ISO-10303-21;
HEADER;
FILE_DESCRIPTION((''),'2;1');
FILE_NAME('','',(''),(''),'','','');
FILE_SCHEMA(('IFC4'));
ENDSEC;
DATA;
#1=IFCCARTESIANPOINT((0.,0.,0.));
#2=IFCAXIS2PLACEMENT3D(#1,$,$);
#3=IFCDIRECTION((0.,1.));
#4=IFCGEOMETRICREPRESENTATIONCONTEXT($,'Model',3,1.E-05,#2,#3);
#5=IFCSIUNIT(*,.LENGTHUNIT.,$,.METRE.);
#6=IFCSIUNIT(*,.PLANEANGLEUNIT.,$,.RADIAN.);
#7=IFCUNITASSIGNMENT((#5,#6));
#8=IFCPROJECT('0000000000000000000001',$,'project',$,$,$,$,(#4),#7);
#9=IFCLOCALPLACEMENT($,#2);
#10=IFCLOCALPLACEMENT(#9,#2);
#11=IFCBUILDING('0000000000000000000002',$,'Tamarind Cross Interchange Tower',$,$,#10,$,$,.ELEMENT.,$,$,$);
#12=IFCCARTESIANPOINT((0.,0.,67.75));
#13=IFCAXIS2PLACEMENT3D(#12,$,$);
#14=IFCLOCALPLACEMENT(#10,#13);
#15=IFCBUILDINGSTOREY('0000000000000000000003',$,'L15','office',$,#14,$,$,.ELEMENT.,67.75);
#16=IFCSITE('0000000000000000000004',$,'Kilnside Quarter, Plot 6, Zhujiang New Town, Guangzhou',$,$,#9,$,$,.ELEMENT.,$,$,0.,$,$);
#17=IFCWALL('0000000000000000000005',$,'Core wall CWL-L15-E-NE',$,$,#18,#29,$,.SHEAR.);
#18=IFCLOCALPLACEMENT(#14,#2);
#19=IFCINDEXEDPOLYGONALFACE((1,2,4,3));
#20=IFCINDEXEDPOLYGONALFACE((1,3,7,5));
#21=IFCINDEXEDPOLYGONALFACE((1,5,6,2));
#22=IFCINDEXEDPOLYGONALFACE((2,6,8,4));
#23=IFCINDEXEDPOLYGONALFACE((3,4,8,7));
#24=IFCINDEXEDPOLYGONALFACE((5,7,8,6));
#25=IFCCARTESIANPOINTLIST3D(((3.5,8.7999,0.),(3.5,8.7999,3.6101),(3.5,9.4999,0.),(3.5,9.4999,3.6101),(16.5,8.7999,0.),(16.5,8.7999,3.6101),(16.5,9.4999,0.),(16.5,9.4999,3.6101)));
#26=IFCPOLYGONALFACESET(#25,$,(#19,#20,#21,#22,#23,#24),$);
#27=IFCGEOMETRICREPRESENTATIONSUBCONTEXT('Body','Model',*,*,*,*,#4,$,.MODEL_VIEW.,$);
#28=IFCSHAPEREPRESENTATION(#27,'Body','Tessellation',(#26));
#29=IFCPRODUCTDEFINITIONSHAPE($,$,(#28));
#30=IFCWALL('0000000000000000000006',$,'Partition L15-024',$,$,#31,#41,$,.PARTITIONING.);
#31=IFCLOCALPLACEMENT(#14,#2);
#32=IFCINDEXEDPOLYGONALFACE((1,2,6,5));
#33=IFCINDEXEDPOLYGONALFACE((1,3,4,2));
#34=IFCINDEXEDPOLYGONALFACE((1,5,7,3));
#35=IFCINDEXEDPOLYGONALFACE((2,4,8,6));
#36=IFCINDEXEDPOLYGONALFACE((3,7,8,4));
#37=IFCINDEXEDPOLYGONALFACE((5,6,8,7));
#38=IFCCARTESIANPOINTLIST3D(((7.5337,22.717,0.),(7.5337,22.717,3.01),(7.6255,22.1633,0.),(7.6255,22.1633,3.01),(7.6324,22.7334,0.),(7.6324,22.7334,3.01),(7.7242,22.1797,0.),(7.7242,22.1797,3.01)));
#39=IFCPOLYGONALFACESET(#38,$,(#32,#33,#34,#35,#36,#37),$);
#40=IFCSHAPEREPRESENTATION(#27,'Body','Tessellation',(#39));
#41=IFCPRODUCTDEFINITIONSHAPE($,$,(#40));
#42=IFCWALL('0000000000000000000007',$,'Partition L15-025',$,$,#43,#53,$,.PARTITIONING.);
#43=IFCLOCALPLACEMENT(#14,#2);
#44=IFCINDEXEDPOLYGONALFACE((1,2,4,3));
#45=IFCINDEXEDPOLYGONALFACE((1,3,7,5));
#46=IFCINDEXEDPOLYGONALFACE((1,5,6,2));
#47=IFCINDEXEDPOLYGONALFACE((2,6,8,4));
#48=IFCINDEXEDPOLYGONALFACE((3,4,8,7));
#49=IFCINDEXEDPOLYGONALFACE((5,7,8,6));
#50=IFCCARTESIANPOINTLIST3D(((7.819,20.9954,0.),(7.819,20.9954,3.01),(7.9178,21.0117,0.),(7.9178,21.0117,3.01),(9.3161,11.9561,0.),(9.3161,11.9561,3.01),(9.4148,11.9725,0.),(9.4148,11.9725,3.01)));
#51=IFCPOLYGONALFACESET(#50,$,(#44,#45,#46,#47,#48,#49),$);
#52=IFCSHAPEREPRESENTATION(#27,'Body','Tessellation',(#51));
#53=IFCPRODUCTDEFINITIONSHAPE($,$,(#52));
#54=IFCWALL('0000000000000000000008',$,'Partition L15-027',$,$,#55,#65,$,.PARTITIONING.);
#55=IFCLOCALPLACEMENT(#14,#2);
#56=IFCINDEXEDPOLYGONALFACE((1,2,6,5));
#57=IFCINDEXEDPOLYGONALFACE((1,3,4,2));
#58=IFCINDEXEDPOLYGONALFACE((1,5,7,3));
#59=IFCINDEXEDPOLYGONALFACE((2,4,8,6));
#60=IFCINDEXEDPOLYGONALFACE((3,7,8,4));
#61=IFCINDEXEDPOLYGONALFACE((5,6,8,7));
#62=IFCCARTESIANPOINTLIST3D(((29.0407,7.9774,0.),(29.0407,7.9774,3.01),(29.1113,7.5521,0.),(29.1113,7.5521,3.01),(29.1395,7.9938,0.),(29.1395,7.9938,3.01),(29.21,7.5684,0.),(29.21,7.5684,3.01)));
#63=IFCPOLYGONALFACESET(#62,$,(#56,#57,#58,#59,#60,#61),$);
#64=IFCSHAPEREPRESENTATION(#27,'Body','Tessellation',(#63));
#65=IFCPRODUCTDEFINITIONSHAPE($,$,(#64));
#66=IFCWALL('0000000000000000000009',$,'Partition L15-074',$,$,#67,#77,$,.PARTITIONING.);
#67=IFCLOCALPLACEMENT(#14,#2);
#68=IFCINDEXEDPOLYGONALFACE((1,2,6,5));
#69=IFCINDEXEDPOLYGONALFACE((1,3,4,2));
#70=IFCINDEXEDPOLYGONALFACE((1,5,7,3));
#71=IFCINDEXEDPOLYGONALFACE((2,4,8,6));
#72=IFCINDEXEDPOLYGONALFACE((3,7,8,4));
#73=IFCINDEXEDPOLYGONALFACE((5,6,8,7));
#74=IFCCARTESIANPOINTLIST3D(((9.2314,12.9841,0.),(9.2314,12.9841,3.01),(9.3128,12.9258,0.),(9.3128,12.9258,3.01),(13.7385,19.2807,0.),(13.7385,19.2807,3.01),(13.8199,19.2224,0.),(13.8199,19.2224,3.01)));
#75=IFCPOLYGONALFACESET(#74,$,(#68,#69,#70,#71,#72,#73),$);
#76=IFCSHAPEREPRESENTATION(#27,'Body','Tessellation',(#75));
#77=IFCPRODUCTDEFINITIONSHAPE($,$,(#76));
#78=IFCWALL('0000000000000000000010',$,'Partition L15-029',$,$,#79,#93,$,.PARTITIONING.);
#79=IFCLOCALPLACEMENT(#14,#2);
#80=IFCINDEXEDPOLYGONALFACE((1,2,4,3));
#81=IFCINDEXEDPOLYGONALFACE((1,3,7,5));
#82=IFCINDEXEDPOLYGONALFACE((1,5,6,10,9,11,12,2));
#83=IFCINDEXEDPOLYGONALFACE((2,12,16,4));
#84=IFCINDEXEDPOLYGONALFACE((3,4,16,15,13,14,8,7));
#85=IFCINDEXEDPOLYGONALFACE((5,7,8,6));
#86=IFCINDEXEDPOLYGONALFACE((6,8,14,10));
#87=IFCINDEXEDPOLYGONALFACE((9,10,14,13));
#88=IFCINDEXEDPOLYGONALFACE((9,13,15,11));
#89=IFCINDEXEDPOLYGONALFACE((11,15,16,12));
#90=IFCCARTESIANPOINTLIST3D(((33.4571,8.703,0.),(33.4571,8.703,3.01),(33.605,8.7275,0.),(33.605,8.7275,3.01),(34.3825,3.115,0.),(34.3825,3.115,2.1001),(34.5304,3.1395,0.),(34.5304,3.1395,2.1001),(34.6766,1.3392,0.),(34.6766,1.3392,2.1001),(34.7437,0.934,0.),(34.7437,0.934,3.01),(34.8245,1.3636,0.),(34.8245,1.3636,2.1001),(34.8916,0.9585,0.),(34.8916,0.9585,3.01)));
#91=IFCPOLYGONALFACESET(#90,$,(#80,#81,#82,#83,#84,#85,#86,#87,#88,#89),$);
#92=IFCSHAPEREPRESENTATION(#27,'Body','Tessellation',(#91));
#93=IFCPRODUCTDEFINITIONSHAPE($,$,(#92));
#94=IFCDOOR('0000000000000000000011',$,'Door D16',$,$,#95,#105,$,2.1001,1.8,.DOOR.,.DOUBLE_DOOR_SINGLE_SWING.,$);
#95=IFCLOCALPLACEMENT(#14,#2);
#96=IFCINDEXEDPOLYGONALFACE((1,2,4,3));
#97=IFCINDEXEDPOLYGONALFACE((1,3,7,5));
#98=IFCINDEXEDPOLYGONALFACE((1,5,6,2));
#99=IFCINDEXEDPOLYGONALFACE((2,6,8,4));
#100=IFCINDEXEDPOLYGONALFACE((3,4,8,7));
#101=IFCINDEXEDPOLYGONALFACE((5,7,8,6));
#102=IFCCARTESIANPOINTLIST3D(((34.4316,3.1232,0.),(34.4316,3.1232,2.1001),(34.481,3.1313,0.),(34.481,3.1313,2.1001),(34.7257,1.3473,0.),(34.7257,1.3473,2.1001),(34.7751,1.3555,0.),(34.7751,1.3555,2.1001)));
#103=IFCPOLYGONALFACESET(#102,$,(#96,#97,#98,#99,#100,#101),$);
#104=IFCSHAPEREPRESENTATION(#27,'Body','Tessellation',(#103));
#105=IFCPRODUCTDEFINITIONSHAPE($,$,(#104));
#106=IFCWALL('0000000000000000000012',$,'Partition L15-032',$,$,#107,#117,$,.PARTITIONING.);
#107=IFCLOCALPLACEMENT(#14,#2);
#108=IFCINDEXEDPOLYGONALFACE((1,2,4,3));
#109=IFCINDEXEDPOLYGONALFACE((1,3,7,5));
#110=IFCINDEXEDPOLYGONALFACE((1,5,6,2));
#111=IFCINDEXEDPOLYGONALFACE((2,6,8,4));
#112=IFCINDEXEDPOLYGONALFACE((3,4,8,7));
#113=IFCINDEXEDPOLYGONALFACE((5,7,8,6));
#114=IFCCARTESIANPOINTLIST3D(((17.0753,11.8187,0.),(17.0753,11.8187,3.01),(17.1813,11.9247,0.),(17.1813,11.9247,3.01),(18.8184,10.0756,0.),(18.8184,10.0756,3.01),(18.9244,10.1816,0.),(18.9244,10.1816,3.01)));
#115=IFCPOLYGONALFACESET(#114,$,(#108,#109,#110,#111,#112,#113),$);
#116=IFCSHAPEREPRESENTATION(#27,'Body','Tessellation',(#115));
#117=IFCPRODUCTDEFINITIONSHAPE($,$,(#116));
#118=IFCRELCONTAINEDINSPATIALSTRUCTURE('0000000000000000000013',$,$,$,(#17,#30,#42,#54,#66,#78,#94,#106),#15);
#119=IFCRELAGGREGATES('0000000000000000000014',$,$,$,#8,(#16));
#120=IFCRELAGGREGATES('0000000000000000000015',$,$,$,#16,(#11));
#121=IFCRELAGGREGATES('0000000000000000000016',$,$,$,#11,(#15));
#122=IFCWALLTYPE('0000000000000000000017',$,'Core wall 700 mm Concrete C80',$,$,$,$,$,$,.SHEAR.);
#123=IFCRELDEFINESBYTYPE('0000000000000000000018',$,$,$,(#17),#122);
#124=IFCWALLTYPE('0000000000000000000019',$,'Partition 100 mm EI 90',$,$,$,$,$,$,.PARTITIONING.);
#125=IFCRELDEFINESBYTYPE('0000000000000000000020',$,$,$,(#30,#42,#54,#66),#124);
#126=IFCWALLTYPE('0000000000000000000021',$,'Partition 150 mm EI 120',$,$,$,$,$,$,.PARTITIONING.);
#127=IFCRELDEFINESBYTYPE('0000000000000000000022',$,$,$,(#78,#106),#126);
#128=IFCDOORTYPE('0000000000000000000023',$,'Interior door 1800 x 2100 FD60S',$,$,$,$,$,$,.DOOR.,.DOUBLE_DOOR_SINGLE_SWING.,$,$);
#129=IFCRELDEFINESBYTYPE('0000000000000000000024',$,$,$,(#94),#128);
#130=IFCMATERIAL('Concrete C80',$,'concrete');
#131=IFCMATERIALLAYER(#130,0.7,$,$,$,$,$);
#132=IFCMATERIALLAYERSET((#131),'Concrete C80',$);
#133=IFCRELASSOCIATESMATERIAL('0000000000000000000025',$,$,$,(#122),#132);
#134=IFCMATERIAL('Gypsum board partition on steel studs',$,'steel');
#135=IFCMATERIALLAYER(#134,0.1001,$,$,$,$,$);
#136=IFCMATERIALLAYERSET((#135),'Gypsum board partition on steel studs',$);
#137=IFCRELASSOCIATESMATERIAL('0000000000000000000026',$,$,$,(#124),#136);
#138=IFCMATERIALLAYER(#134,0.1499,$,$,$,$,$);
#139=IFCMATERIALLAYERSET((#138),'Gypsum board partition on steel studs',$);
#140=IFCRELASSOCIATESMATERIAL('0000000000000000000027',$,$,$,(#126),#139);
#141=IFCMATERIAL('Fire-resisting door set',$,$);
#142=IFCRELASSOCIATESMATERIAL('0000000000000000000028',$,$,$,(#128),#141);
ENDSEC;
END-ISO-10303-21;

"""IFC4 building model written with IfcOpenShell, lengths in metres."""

from ifc_helpers import new_model, si_unit, direction, frame, frame_2d, origin, place, context, subcontext, project, spatial, rectangle, extrude, material, layer, layer_set, type_object, element, fill, save


model = new_model("IFC4")

# Units and contexts
model_context = context("Model", 3, precision=1e-05, world=origin(), true_north=direction((0.0, 1.0)))
body_context = subcontext(model_context, "Body", "Model", "MODEL_VIEW")
ifc_project = project(units=[si_unit("LENGTHUNIT", "METRE"), si_unit("PLANEANGLEUNIT", "RADIAN")], contexts=[model_context])

# Site, building, storey
site_placement = place(None, origin())
site = spatial("IfcSite", under=ifc_project, at=site_placement, Name="Kilnside Quarter, Plot 6, Zhujiang New Town, Guangzhou", CompositionType="ELEMENT", RefElevation=0.0)
building_placement = place(site_placement, origin())
building = spatial("IfcBuilding", under=site, at=building_placement, Name="Tamarind Cross Interchange Tower", CompositionType="ELEMENT")
storey_placement = place(building_placement, frame((0.0, 0.0, 67.75)))
storey = spatial("IfcBuildingStorey", under=building, at=storey_placement, Name="L15", Description="office", CompositionType="ELEMENT", Elevation=67.75)

# Walls
ifc_material_1 = material(Name="Concrete C80", Category="concrete")
ifc_layer_1 = layer(ifc_material_1, 0.7)
ifc_layer_set_1 = layer_set([ifc_layer_1], Name="Concrete C80")
wall_type_1 = type_object("IfcWallType", Name="Core wall 700 mm Concrete C80", PredefinedType="SHEAR", material=ifc_layer_set_1)
wall_1_placement = place(storey_placement, frame((16.5, 9.1499, 0.0), z_axis=(0.0, 0.0, 1.0), x_axis=(-1.0, 0.0, 0.0)))
element("IfcWall", 1, at=wall_1_placement, inside=storey, type_object=wall_type_1, Name="Core wall CWL-L15-E-NE", PredefinedType="SHEAR", context=body_context, shape_type="SweptSolid", body=[
    extrude(rectangle(XDim=13.0, YDim=0.7, at=frame_2d((6.5, 0.0))), origin(), (0.0, 0.0, 1.0), 3.6101),
])
ifc_material_2 = material(Name="Gypsum board partition on steel studs", Category="steel")
ifc_layer_2 = layer(ifc_material_2, 0.1001)
ifc_layer_set_2 = layer_set([ifc_layer_2], Name="Gypsum board partition on steel studs")
wall_type_2 = type_object("IfcWallType", Name="Partition 100 mm EI 90", PredefinedType="PARTITIONING", material=ifc_layer_set_2)
wall_2_placement = place(storey_placement, frame((7.583, 22.7253, 0.0), z_axis=(0.0, 0.0, 1.0), x_axis=(0.163552, -0.986535, 0.0)))
element("IfcWall", 2, at=wall_2_placement, inside=storey, type_object=wall_type_2, Name="Partition L15-024", PredefinedType="PARTITIONING", context=body_context, shape_type="SweptSolid", body=[
    extrude(rectangle(XDim=0.5613, YDim=0.1001, at=frame_2d((0.2808, 0.0))), origin(), (0.0, 0.0, 1.0), 3.01),
])
wall_3_placement = place(storey_placement, frame((7.8684, 21.0034, 0.0), z_axis=(0.0, 0.0, 1.0), x_axis=(0.163392, -0.986561, 0.0)))
element("IfcWall", 3, at=wall_3_placement, inside=storey, type_object=wall_type_2, Name="Partition L15-025", PredefinedType="PARTITIONING", context=body_context, shape_type="SweptSolid", body=[
    extrude(rectangle(XDim=9.1624, YDim=0.1001, at=frame_2d((4.5811, 0.0))), origin(), (0.0, 0.0, 1.0), 3.01),
])
wall_4_placement = place(storey_placement, frame((29.0901, 7.9856, 0.0), z_axis=(0.0, 0.0, 1.0), x_axis=(0.163664, -0.986516, 0.0)))
element("IfcWall", 4, at=wall_4_placement, inside=storey, type_object=wall_type_2, Name="Partition L15-027", PredefinedType="PARTITIONING", context=body_context, shape_type="SweptSolid", body=[
    extrude(rectangle(XDim=0.4312, YDim=0.1001, at=frame_2d((0.2156, 0.0))), origin(), (0.0, 0.0, 1.0), 3.01),
])
wall_5_placement = place(storey_placement, frame((9.2722, 12.9551, 0.0), z_axis=(0.0, 0.0, 1.0), x_axis=(0.582049, 0.813154, 0.0)))
element("IfcWall", 5, at=wall_5_placement, inside=storey, type_object=wall_type_2, Name="Partition L15-074", PredefinedType="PARTITIONING", context=body_context, shape_type="SweptSolid", body=[
    extrude(rectangle(XDim=7.7434, YDim=0.1001, at=frame_2d((3.8716, 0.0))), origin(), (0.0, 0.0, 1.0), 3.01),
])

# Wall, opening, door
ifc_layer_3 = layer(ifc_material_2, 0.1499)
ifc_layer_set_3 = layer_set([ifc_layer_3], Name="Gypsum board partition on steel studs")
wall_type_3 = type_object("IfcWallType", Name="Partition 150 mm EI 120", PredefinedType="PARTITIONING", material=ifc_layer_set_3)
wall_6_placement = place(storey_placement, frame((33.531, 8.7153, 0.0), z_axis=(0.0, 0.0, 1.0), x_axis=(0.163383, -0.986563, 0.0)))
wall_6 = element("IfcWall", 6, at=wall_6_placement, inside=storey, type_object=wall_type_3, Name="Partition L15-029", PredefinedType="PARTITIONING", context=body_context, shape_type="SweptSolid", body=[
    extrude(rectangle(XDim=7.8748, YDim=0.1499, at=frame_2d((3.9375, 0.0))), origin(), (0.0, 0.0, 1.0), 3.01),
])
opening_placement = place(wall_6_placement, frame((5.6643, 0.0, 0.0)))
opening = element("IfcOpeningElement", 7, at=opening_placement, cuts=wall_6, PredefinedType="OPENING", context=body_context, shape_type="SweptSolid", body=[
    extrude(rectangle(XDim=1.8, YDim=2.1001, at=frame_2d((0.8999, 1.05))), frame((0.0, 0.085, 0.0), z_axis=(0.0, -1.0, 0.0), x_axis=(1.0, 0.0, 0.0)), (0.0, 0.0, 1.0), 0.1699),
])
ifc_material_3 = material(Name="Fire-resisting door set")
door_type = type_object("IfcDoorType", Name="Interior door 1800 x 2100 FD60S", OperationType="DOUBLE_DOOR_SINGLE_SWING", PredefinedType="DOOR", material=ifc_material_3)
door_placement = place(opening_placement, origin())
door = element("IfcDoor", 8, at=door_placement, inside=storey, type_object=door_type, Name="Door D16", OperationType="DOUBLE_DOOR_SINGLE_SWING", OverallHeight=2.1001, OverallWidth=1.8, PredefinedType="DOOR", context=body_context, shape_type="SweptSolid", body=[
    extrude(rectangle(XDim=1.8, YDim=2.1001, at=frame_2d((0.8999, 1.05))), frame((0.0, 0.0249, 0.0), z_axis=(0.0, -1.0, 0.0), x_axis=(1.0, 0.0, 0.0)), (0.0, 0.0, 1.0), 0.05),
])
fill(opening, door)

# Wall
wall_7_placement = place(storey_placement, frame((17.1284, 11.8716, 0.0), z_axis=(0.0, 0.0, 1.0), x_axis=(0.707107, -0.707107, 0.0)))
element("IfcWall", 9, at=wall_7_placement, inside=storey, type_object=wall_type_3, Name="Partition L15-032", PredefinedType="PARTITIONING", context=body_context, shape_type="SweptSolid", body=[
    extrude(rectangle(XDim=2.4651, YDim=0.1499, at=frame_2d((1.2324, 0.0))), origin(), (0.0, 0.0, 1.0), 3.01),
])

save(model, "model.ifc")
